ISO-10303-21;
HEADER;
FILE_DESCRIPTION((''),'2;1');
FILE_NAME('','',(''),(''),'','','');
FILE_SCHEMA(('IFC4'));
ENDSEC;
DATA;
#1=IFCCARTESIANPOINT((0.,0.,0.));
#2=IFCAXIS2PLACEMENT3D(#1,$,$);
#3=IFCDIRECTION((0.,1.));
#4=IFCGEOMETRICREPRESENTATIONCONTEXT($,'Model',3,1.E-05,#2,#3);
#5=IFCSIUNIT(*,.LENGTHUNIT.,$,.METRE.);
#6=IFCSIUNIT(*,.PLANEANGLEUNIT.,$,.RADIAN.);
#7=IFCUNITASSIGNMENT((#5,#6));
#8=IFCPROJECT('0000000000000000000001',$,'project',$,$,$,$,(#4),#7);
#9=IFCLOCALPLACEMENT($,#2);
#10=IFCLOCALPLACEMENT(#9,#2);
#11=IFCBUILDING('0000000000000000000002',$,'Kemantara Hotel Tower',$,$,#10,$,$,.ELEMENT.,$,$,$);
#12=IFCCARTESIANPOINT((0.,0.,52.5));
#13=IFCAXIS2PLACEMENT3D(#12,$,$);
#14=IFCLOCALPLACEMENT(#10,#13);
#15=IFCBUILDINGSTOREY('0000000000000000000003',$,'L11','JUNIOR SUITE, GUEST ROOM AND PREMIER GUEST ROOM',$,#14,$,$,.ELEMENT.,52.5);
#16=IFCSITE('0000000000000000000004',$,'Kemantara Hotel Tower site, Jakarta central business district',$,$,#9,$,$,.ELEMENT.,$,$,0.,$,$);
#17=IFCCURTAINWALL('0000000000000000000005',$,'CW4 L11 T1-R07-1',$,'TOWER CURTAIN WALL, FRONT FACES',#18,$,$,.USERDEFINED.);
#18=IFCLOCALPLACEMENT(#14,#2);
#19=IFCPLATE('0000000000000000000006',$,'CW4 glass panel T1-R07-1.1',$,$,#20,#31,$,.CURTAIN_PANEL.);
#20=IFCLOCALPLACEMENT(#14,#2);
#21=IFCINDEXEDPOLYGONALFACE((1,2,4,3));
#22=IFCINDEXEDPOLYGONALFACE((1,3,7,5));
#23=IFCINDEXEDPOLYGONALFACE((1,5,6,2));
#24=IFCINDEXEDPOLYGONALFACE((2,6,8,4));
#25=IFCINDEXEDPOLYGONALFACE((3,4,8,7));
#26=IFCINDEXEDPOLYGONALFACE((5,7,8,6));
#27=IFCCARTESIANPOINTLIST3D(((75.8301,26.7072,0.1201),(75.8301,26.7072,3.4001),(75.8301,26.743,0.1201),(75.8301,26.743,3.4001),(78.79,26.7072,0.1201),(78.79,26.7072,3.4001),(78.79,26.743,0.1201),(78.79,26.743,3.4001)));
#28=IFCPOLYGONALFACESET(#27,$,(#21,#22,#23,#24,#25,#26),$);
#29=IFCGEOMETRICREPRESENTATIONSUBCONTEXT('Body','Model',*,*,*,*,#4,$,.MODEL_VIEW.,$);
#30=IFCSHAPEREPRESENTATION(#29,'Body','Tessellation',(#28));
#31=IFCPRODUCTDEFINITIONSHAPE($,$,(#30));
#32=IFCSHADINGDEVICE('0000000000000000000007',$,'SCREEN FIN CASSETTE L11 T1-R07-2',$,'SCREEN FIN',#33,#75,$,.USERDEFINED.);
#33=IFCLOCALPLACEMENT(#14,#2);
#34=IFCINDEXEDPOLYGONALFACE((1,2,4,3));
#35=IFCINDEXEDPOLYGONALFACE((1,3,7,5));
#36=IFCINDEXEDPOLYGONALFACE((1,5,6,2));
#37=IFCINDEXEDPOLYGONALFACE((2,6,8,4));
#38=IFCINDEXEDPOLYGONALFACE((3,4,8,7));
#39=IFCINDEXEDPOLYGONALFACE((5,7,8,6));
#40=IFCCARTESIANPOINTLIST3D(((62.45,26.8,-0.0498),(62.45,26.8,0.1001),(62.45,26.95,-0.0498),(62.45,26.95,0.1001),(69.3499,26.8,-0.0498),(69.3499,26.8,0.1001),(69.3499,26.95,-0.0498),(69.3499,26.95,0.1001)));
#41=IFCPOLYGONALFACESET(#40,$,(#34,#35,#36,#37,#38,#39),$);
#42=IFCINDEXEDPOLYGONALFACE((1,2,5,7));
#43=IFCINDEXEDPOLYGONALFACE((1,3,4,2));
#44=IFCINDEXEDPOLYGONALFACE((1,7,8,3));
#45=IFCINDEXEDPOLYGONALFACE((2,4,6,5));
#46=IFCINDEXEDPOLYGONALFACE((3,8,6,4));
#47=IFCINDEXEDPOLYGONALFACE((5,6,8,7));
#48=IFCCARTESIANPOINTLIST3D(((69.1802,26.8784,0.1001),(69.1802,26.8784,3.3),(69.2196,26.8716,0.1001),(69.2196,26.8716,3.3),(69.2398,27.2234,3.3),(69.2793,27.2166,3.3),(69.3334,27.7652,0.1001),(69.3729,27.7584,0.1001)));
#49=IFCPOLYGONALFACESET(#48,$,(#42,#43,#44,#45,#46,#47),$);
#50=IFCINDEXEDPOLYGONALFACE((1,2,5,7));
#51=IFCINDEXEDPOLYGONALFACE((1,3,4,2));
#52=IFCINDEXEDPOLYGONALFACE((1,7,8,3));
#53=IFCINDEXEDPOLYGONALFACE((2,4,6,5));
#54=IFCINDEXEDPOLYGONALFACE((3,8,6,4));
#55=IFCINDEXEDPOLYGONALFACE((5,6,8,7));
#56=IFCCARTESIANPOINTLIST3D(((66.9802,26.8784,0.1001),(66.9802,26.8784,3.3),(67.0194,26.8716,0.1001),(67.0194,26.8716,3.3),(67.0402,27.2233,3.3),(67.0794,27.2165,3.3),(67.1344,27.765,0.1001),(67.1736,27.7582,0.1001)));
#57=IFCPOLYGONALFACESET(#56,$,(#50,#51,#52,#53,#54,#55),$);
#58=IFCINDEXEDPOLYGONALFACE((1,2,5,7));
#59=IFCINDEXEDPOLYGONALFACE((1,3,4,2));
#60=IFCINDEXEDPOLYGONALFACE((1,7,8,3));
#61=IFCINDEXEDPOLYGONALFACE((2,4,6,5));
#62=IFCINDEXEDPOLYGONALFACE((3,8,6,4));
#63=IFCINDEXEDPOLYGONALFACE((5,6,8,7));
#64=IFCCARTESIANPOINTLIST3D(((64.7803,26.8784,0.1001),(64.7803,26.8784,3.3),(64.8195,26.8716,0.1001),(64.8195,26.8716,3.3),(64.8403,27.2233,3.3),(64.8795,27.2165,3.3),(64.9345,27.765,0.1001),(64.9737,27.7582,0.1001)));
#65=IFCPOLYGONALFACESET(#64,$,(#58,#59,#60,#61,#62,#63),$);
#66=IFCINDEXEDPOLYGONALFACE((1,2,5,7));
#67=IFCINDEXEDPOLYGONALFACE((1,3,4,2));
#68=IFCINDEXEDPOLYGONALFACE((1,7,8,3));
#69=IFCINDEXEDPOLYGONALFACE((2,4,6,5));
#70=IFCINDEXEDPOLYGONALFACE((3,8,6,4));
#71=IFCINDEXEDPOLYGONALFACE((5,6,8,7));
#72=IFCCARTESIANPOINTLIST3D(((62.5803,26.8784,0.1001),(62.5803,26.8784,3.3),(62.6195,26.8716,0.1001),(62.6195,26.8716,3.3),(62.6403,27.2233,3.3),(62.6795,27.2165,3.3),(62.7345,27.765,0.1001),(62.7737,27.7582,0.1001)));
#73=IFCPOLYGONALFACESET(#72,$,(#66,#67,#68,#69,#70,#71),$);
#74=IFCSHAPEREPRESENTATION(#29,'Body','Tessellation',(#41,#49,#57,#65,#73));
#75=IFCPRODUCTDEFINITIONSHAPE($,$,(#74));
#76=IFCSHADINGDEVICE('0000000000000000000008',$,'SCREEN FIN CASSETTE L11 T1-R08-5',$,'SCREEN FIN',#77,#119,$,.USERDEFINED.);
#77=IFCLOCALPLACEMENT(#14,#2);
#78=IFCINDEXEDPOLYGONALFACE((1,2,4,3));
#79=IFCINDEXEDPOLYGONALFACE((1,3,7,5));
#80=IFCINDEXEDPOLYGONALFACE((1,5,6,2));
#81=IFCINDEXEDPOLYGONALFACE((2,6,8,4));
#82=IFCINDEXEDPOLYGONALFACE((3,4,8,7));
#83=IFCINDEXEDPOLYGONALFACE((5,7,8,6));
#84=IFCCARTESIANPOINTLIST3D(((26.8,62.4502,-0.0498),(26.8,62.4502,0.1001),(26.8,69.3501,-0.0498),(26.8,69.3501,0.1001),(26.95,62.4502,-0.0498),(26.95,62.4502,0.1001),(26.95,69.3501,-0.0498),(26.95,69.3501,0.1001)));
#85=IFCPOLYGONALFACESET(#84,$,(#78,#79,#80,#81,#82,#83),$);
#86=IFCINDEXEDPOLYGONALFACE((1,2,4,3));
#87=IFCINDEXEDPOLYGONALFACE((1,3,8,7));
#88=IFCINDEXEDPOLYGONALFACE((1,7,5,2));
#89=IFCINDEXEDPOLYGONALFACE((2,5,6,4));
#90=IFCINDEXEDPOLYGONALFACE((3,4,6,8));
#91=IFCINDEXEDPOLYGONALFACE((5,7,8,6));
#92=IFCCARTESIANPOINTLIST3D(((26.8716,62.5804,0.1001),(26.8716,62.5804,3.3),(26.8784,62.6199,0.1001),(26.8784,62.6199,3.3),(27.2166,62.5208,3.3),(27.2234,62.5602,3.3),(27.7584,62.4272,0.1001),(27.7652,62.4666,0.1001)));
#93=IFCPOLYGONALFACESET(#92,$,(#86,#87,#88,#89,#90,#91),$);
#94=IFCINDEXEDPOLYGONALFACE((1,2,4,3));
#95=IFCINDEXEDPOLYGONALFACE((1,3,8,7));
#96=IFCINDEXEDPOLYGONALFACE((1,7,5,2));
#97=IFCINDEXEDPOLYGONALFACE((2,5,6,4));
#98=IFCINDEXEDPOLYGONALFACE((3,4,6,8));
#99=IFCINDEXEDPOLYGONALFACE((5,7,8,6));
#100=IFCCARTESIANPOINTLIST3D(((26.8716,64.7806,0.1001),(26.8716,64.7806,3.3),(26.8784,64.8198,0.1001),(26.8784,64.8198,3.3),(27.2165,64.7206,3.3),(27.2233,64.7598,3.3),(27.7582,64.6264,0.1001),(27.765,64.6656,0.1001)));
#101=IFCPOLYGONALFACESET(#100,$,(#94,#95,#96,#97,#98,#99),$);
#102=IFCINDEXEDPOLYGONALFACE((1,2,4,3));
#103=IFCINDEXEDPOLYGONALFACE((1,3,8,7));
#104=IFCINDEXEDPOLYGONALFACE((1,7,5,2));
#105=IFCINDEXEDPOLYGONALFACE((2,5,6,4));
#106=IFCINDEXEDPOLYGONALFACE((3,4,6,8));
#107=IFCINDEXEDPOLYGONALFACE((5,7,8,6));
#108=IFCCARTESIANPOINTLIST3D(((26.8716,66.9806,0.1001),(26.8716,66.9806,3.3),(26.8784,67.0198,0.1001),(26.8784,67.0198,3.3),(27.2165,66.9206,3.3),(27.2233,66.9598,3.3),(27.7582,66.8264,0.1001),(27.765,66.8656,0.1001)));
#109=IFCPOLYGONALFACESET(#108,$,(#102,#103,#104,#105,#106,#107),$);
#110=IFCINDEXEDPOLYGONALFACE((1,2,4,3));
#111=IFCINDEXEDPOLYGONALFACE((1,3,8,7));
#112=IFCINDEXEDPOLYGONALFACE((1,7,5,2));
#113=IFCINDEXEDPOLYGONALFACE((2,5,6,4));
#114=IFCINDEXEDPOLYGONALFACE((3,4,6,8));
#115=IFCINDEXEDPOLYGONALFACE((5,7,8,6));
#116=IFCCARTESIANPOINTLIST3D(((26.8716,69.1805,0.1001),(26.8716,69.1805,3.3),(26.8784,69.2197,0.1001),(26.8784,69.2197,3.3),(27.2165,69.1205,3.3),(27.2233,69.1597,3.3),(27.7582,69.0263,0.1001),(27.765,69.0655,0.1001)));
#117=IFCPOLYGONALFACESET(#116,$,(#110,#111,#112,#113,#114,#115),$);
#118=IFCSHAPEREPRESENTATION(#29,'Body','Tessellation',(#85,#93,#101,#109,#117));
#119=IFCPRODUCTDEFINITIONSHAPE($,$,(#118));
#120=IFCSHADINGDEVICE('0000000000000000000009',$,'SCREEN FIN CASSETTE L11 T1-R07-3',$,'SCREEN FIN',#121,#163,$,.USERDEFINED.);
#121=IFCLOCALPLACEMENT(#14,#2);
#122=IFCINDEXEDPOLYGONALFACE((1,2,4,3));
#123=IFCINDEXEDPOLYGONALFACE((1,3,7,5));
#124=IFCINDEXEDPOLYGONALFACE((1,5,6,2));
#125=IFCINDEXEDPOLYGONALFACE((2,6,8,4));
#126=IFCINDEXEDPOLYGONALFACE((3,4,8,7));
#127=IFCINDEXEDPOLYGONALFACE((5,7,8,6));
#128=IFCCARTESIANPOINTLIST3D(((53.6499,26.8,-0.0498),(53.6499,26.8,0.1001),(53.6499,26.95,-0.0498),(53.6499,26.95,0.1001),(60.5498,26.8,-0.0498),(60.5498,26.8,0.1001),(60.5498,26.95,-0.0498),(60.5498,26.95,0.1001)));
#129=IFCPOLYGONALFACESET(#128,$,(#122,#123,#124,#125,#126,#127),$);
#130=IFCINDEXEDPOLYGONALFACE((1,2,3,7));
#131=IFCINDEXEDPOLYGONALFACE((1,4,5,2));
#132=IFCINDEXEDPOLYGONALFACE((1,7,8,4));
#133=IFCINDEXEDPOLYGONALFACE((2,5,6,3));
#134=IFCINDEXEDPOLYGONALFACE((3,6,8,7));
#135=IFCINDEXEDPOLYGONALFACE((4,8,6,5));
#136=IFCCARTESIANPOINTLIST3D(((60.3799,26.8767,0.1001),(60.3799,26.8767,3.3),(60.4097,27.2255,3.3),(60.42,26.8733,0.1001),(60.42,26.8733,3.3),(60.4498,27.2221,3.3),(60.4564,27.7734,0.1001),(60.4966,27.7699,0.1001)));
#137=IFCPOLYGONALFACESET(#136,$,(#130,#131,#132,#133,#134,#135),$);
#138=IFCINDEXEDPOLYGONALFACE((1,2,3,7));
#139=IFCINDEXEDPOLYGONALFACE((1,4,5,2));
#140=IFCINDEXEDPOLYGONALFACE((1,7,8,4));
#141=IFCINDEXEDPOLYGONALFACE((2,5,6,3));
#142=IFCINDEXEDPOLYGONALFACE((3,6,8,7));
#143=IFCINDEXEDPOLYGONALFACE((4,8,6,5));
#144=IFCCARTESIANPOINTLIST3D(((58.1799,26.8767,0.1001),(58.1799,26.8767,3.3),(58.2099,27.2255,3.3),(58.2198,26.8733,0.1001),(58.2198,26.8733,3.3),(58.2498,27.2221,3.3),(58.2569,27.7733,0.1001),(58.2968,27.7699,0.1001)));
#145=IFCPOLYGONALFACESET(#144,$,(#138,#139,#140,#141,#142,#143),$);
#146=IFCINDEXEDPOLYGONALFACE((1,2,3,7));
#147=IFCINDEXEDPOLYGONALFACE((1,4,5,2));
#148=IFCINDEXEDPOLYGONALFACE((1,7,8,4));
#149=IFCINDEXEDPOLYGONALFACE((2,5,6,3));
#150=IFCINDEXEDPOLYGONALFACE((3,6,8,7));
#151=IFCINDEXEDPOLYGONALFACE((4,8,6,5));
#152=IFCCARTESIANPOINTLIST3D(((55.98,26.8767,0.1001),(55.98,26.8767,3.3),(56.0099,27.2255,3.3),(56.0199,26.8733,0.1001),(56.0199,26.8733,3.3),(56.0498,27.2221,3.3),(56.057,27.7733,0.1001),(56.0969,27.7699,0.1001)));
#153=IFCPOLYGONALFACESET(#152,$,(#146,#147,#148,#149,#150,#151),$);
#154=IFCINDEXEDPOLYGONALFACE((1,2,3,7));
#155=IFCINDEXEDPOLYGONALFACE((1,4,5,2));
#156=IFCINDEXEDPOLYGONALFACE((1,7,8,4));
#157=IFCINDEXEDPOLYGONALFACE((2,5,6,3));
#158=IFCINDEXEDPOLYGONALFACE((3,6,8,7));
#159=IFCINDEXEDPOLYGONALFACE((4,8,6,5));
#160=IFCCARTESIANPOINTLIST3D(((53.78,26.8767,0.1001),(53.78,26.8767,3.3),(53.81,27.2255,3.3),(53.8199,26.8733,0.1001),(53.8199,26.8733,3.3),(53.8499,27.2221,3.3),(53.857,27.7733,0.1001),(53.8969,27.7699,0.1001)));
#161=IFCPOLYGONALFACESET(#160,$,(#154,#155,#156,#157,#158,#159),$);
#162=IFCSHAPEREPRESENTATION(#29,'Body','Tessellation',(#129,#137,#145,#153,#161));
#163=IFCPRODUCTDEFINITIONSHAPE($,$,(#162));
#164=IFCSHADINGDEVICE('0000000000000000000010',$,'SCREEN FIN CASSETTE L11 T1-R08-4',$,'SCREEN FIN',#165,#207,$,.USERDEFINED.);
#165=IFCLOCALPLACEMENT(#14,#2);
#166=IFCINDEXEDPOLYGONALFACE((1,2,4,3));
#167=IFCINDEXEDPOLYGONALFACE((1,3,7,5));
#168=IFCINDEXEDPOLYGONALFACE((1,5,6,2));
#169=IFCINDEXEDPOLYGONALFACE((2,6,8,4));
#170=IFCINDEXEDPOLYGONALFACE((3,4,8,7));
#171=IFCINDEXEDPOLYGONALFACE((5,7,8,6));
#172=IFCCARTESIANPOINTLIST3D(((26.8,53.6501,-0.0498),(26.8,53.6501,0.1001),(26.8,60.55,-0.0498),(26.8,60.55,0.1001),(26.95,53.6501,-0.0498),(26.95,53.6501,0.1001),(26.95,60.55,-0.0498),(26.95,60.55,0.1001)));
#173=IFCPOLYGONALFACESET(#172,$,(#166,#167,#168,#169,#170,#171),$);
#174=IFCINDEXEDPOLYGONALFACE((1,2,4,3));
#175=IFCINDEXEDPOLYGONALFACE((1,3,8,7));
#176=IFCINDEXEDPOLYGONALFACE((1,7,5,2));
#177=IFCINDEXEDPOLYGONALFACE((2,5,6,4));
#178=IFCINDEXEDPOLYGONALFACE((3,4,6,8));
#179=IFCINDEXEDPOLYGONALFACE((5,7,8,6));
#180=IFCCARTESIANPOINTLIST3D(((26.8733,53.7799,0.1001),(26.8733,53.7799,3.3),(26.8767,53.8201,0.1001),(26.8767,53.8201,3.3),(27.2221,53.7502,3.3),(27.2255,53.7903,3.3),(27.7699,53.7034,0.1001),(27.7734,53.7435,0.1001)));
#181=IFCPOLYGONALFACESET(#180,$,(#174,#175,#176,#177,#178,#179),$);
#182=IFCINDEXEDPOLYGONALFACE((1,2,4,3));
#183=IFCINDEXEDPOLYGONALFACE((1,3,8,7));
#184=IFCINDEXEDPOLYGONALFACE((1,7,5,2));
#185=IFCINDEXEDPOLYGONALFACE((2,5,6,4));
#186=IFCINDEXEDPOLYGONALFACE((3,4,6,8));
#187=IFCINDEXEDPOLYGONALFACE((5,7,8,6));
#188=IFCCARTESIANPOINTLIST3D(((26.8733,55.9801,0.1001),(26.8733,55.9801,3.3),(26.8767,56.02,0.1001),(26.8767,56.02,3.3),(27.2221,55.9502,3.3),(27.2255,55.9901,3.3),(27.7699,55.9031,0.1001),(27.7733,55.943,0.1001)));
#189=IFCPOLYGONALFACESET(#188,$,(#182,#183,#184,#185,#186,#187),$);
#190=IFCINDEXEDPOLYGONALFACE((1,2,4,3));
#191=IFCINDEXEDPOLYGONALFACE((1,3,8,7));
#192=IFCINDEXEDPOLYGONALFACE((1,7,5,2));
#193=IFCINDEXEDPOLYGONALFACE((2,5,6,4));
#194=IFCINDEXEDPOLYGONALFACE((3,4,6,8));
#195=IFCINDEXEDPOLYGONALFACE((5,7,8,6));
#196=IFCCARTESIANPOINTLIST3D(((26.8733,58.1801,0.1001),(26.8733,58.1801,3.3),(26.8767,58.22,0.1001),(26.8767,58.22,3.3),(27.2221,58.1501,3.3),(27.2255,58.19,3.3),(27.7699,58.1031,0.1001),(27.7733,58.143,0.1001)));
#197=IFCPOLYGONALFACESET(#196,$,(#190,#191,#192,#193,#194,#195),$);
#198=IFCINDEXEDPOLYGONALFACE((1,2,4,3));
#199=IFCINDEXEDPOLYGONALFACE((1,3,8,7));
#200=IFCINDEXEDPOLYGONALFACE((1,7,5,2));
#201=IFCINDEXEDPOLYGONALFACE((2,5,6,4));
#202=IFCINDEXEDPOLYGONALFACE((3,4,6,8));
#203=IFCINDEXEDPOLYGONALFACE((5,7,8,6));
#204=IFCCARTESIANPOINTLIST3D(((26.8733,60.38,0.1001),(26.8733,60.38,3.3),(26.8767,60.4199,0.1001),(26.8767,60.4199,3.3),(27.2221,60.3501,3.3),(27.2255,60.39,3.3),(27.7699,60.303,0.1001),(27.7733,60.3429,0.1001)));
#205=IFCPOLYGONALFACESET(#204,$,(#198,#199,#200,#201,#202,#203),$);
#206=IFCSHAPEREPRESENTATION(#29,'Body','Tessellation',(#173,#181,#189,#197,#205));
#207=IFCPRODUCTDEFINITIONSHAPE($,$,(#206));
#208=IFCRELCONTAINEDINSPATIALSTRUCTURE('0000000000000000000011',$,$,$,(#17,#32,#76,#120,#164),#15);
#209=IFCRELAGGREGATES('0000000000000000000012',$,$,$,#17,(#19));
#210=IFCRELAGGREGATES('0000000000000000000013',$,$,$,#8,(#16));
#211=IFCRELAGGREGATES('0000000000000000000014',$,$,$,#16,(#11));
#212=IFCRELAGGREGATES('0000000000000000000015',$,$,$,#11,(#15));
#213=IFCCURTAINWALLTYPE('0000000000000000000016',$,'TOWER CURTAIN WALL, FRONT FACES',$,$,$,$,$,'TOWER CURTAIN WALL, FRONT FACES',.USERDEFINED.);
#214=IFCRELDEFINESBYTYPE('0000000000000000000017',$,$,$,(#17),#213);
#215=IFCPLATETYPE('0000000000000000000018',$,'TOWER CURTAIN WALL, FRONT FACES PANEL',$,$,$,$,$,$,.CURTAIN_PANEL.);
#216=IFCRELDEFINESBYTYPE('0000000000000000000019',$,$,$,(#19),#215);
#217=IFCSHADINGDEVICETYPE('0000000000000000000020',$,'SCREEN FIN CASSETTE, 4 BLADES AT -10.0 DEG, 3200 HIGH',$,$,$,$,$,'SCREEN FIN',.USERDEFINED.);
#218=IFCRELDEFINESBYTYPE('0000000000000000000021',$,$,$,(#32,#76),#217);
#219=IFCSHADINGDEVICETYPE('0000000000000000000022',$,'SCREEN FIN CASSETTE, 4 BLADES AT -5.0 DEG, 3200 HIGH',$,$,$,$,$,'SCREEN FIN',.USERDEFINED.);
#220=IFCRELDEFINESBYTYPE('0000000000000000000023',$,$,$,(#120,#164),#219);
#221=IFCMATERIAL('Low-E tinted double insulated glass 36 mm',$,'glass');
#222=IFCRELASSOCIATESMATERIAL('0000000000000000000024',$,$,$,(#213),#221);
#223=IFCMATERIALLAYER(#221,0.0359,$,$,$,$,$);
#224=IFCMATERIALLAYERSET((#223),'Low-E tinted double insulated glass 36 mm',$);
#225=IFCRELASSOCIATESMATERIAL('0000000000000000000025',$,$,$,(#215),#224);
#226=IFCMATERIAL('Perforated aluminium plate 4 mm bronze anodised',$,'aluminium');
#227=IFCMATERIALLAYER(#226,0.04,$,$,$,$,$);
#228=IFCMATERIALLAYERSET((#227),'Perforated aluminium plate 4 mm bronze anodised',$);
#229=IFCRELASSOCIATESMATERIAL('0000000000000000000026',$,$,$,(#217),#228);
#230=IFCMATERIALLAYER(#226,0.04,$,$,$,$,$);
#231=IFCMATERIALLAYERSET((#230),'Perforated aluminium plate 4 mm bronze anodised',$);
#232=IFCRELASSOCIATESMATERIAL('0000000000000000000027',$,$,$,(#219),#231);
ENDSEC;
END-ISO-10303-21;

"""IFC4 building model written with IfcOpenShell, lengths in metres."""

from ifc_helpers import new_model, si_unit, direction, frame, origin, origin_2d, place, context, subcontext, project, spatial, polyline, rectangle, outline, extrude, source, transform, mapped, material, layer, layer_set, type_object, element, aggregate, save


model = new_model("IFC4")

# Units and contexts
model_context = context("Model", 3, precision=1e-05, world=origin(), true_north=direction((0.0, 1.0)))
body_context = subcontext(model_context, "Body", "Model", "MODEL_VIEW")
ifc_project = project(units=[si_unit("LENGTHUNIT", "METRE"), si_unit("PLANEANGLEUNIT", "RADIAN")], contexts=[model_context])

# Site, building, storey
site_placement = place(None, origin())
site = spatial("IfcSite", under=ifc_project, at=site_placement, Name="Kemantara Hotel Tower site, Jakarta central business district", CompositionType="ELEMENT", RefElevation=0.0)
building_placement = place(site_placement, origin())
building = spatial("IfcBuilding", under=site, at=building_placement, Name="Kemantara Hotel Tower", CompositionType="ELEMENT")
storey_placement = place(building_placement, frame((0.0, 0.0, 52.5)))
storey = spatial("IfcBuildingStorey", under=building, at=storey_placement, Name="L11", Description="JUNIOR SUITE, GUEST ROOM AND PREMIER GUEST ROOM", CompositionType="ELEMENT", Elevation=52.5)

# Curtain wall
ifc_material_1 = material(Name="Low-E tinted double insulated glass 36 mm", Category="glass")
curtain_wall_type = type_object("IfcCurtainWallType", Name="TOWER CURTAIN WALL, FRONT FACES", ElementType="TOWER CURTAIN WALL, FRONT FACES", PredefinedType="USERDEFINED", material=ifc_material_1)
curtain_wall_1_placement = place(storey_placement, origin())
curtain_wall_1 = element("IfcCurtainWall", 1, at=curtain_wall_1_placement, inside=storey, type_object=curtain_wall_type, Name="CW4 L11 T1-R07-1", ObjectType="TOWER CURTAIN WALL, FRONT FACES", PredefinedType="USERDEFINED")

# Plate
ifc_layer_1 = layer(ifc_material_1, 0.0359)
ifc_layer_set_1 = layer_set([ifc_layer_1], Name="Low-E tinted double insulated glass 36 mm")
plate_type = type_object("IfcPlateType", Name="TOWER CURTAIN WALL, FRONT FACES PANEL", PredefinedType="CURTAIN_PANEL", material=ifc_layer_set_1)
shared_shape_1 = source(origin(), body_context, "Body", "SweptSolid", [
    extrude(rectangle(XDim=2.96, YDim=0.0359, at=origin_2d()), origin(), (0.0, 0.0, 1.0), 3.28),
])
plate_1_placement = place(storey_placement, frame((77.3101, 26.7251, 0.1201), z_axis=(0.0, 0.0, 1.0), x_axis=(-1.0, 0.0, 0.0)))
plate_1 = element("IfcPlate", 2, at=plate_1_placement, type_object=plate_type, Name="CW4 glass panel T1-R07-1.1", PredefinedType="CURTAIN_PANEL", context=body_context, shape_type="MappedRepresentation", body=[
    mapped(shared_shape_1, transform((0.0, 0.0, 0.0))),
])
aggregate(curtain_wall_1, [plate_1])

# Shading devices
ifc_material_2 = material(Name="Perforated aluminium plate 4 mm bronze anodised", Category="aluminium")
ifc_layer_2 = layer(ifc_material_2, 0.04)
ifc_layer_set_2 = layer_set([ifc_layer_2], Name="Perforated aluminium plate 4 mm bronze anodised")
shading_device_type_1 = type_object("IfcShadingDeviceType", Name="SCREEN FIN CASSETTE, 4 BLADES AT -10.0 DEG, 3200 HIGH", ElementType="SCREEN FIN", PredefinedType="USERDEFINED", material=ifc_layer_set_2)
shared_shape_2 = source(origin(), body_context, "Body", "SweptSolid", [
    extrude(rectangle(XDim=6.8999, YDim=0.1499, at=origin_2d()), frame((3.3, -0.075, -0.1499), z_axis=(0.0, 0.0, 1.0), x_axis=(1.0, 0.0, 0.0)), (0.0, 0.0, 1.0), 0.1499),
    extrude(outline(polyline([(0.0, 0.0), (0.8999, 0.0), (0.3501, 3.2), (0.0, 3.2), (0.0, 0.0)])), frame((0.0198, -0.0784, 0.0), z_axis=(-0.98539, 0.170314, 0.0), x_axis=(-0.170314, -0.98539, 0.0)), (0.0, 0.0, 1.0), 0.04),
    extrude(outline(polyline([(0.0, 0.0), (0.8999, 0.0), (0.3501, 3.2), (0.0, 3.2), (0.0, 0.0)])), frame((2.2197, -0.0784, 0.0), z_axis=(-0.985212, 0.171341, 0.0), x_axis=(-0.171341, -0.985212, 0.0)), (0.0, 0.0, 1.0), 0.0398),
    extrude(outline(polyline([(0.0, 0.0), (0.8999, 0.0), (0.3501, 3.2), (0.0, 3.2), (0.0, 0.0)])), frame((4.4197, -0.0784, 0.0), z_axis=(-0.985212, 0.171341, 0.0), x_axis=(-0.171341, -0.985212, 0.0)), (0.0, 0.0, 1.0), 0.0398),
    extrude(outline(polyline([(0.0, 0.0), (0.8999, 0.0), (0.3501, 3.2), (0.0, 3.2), (0.0, 0.0)])), frame((6.6196, -0.0784, 0.0), z_axis=(-0.985212, 0.171341, 0.0), x_axis=(-0.171341, -0.985212, 0.0)), (0.0, 0.0, 1.0), 0.0398),
])
for number, where, z_axis, x_axis, name in (
    (3, (69.2, 26.8, 0.1001), (0.0, 0.0, 1.0), (-1.0, 0.0, 0.0), "SCREEN FIN CASSETTE L11 T1-R07-2"),
    (4, (26.8, 62.6001, 0.1001), (0.0, 0.0, 1.0), (0.0, 1.0, 0.0), "SCREEN FIN CASSETTE L11 T1-R08-5"),
):
    element("IfcShadingDevice", number, at=place(storey_placement, frame(where, z_axis=z_axis, x_axis=x_axis)), inside=storey, type_object=shading_device_type_1, Name=name, ObjectType="SCREEN FIN", PredefinedType="USERDEFINED", context=body_context, shape_type="MappedRepresentation", body=[
        mapped(shared_shape_2, transform((0.0, 0.0, 0.0))),
    ])
ifc_layer_3 = layer(ifc_material_2, 0.04)
ifc_layer_set_3 = layer_set([ifc_layer_3], Name="Perforated aluminium plate 4 mm bronze anodised")
shading_device_type_2 = type_object("IfcShadingDeviceType", Name="SCREEN FIN CASSETTE, 4 BLADES AT -5.0 DEG, 3200 HIGH", ElementType="SCREEN FIN", PredefinedType="USERDEFINED", material=ifc_layer_set_3)
shared_shape_3 = source(origin(), body_context, "Body", "SweptSolid", [
    extrude(rectangle(XDim=6.8999, YDim=0.1499, at=origin_2d()), frame((3.3, -0.075, -0.1499), z_axis=(0.0, 0.0, 1.0), x_axis=(1.0, 0.0, 0.0)), (0.0, 0.0, 1.0), 0.1499),
    extrude(outline(polyline([(0.0, 0.0), (0.8999, 0.0), (0.3501, 3.2), (0.0, 3.2), (0.0, 0.0)])), frame((0.02, -0.0767, 0.0), z_axis=(-0.996376, 0.085056, 0.0), x_axis=(-0.085056, -0.996376, 0.0)), (0.0, 0.0, 1.0), 0.0403),
    extrude(outline(polyline([(0.0, 0.0), (0.8999, 0.0), (0.3501, 3.2), (0.0, 3.2), (0.0, 0.0)])), frame((2.22, -0.0767, 0.0), z_axis=(-0.996332, 0.085575, 0.0), x_axis=(-0.085575, -0.996332, 0.0)), (0.0, 0.0, 1.0), 0.04),
    extrude(outline(polyline([(0.0, 0.0), (0.8999, 0.0), (0.3501, 3.2), (0.0, 3.2), (0.0, 0.0)])), frame((4.4199, -0.0767, 0.0), z_axis=(-0.996332, 0.085575, 0.0), x_axis=(-0.085575, -0.996332, 0.0)), (0.0, 0.0, 1.0), 0.04),
    extrude(outline(polyline([(0.0, 0.0), (0.8999, 0.0), (0.3501, 3.2), (0.0, 3.2), (0.0, 0.0)])), frame((6.6199, -0.0767, 0.0), z_axis=(-0.996332, 0.085575, 0.0), x_axis=(-0.085575, -0.996332, 0.0)), (0.0, 0.0, 1.0), 0.04),
])
for number, where, z_axis, x_axis, name in (
    (5, (60.3999, 26.8, 0.1001), (0.0, 0.0, 1.0), (-1.0, 0.0, 0.0), "SCREEN FIN CASSETTE L11 T1-R07-3"),
    (6, (26.8, 53.8, 0.1001), (0.0, 0.0, 1.0), (0.0, 1.0, 0.0), "SCREEN FIN CASSETTE L11 T1-R08-4"),
):
    element("IfcShadingDevice", number, at=place(storey_placement, frame(where, z_axis=z_axis, x_axis=x_axis)), inside=storey, type_object=shading_device_type_2, Name=name, ObjectType="SCREEN FIN", PredefinedType="USERDEFINED", context=body_context, shape_type="MappedRepresentation", body=[
        mapped(shared_shape_3, transform((0.0, 0.0, 0.0))),
    ])

save(model, "model.ifc")
